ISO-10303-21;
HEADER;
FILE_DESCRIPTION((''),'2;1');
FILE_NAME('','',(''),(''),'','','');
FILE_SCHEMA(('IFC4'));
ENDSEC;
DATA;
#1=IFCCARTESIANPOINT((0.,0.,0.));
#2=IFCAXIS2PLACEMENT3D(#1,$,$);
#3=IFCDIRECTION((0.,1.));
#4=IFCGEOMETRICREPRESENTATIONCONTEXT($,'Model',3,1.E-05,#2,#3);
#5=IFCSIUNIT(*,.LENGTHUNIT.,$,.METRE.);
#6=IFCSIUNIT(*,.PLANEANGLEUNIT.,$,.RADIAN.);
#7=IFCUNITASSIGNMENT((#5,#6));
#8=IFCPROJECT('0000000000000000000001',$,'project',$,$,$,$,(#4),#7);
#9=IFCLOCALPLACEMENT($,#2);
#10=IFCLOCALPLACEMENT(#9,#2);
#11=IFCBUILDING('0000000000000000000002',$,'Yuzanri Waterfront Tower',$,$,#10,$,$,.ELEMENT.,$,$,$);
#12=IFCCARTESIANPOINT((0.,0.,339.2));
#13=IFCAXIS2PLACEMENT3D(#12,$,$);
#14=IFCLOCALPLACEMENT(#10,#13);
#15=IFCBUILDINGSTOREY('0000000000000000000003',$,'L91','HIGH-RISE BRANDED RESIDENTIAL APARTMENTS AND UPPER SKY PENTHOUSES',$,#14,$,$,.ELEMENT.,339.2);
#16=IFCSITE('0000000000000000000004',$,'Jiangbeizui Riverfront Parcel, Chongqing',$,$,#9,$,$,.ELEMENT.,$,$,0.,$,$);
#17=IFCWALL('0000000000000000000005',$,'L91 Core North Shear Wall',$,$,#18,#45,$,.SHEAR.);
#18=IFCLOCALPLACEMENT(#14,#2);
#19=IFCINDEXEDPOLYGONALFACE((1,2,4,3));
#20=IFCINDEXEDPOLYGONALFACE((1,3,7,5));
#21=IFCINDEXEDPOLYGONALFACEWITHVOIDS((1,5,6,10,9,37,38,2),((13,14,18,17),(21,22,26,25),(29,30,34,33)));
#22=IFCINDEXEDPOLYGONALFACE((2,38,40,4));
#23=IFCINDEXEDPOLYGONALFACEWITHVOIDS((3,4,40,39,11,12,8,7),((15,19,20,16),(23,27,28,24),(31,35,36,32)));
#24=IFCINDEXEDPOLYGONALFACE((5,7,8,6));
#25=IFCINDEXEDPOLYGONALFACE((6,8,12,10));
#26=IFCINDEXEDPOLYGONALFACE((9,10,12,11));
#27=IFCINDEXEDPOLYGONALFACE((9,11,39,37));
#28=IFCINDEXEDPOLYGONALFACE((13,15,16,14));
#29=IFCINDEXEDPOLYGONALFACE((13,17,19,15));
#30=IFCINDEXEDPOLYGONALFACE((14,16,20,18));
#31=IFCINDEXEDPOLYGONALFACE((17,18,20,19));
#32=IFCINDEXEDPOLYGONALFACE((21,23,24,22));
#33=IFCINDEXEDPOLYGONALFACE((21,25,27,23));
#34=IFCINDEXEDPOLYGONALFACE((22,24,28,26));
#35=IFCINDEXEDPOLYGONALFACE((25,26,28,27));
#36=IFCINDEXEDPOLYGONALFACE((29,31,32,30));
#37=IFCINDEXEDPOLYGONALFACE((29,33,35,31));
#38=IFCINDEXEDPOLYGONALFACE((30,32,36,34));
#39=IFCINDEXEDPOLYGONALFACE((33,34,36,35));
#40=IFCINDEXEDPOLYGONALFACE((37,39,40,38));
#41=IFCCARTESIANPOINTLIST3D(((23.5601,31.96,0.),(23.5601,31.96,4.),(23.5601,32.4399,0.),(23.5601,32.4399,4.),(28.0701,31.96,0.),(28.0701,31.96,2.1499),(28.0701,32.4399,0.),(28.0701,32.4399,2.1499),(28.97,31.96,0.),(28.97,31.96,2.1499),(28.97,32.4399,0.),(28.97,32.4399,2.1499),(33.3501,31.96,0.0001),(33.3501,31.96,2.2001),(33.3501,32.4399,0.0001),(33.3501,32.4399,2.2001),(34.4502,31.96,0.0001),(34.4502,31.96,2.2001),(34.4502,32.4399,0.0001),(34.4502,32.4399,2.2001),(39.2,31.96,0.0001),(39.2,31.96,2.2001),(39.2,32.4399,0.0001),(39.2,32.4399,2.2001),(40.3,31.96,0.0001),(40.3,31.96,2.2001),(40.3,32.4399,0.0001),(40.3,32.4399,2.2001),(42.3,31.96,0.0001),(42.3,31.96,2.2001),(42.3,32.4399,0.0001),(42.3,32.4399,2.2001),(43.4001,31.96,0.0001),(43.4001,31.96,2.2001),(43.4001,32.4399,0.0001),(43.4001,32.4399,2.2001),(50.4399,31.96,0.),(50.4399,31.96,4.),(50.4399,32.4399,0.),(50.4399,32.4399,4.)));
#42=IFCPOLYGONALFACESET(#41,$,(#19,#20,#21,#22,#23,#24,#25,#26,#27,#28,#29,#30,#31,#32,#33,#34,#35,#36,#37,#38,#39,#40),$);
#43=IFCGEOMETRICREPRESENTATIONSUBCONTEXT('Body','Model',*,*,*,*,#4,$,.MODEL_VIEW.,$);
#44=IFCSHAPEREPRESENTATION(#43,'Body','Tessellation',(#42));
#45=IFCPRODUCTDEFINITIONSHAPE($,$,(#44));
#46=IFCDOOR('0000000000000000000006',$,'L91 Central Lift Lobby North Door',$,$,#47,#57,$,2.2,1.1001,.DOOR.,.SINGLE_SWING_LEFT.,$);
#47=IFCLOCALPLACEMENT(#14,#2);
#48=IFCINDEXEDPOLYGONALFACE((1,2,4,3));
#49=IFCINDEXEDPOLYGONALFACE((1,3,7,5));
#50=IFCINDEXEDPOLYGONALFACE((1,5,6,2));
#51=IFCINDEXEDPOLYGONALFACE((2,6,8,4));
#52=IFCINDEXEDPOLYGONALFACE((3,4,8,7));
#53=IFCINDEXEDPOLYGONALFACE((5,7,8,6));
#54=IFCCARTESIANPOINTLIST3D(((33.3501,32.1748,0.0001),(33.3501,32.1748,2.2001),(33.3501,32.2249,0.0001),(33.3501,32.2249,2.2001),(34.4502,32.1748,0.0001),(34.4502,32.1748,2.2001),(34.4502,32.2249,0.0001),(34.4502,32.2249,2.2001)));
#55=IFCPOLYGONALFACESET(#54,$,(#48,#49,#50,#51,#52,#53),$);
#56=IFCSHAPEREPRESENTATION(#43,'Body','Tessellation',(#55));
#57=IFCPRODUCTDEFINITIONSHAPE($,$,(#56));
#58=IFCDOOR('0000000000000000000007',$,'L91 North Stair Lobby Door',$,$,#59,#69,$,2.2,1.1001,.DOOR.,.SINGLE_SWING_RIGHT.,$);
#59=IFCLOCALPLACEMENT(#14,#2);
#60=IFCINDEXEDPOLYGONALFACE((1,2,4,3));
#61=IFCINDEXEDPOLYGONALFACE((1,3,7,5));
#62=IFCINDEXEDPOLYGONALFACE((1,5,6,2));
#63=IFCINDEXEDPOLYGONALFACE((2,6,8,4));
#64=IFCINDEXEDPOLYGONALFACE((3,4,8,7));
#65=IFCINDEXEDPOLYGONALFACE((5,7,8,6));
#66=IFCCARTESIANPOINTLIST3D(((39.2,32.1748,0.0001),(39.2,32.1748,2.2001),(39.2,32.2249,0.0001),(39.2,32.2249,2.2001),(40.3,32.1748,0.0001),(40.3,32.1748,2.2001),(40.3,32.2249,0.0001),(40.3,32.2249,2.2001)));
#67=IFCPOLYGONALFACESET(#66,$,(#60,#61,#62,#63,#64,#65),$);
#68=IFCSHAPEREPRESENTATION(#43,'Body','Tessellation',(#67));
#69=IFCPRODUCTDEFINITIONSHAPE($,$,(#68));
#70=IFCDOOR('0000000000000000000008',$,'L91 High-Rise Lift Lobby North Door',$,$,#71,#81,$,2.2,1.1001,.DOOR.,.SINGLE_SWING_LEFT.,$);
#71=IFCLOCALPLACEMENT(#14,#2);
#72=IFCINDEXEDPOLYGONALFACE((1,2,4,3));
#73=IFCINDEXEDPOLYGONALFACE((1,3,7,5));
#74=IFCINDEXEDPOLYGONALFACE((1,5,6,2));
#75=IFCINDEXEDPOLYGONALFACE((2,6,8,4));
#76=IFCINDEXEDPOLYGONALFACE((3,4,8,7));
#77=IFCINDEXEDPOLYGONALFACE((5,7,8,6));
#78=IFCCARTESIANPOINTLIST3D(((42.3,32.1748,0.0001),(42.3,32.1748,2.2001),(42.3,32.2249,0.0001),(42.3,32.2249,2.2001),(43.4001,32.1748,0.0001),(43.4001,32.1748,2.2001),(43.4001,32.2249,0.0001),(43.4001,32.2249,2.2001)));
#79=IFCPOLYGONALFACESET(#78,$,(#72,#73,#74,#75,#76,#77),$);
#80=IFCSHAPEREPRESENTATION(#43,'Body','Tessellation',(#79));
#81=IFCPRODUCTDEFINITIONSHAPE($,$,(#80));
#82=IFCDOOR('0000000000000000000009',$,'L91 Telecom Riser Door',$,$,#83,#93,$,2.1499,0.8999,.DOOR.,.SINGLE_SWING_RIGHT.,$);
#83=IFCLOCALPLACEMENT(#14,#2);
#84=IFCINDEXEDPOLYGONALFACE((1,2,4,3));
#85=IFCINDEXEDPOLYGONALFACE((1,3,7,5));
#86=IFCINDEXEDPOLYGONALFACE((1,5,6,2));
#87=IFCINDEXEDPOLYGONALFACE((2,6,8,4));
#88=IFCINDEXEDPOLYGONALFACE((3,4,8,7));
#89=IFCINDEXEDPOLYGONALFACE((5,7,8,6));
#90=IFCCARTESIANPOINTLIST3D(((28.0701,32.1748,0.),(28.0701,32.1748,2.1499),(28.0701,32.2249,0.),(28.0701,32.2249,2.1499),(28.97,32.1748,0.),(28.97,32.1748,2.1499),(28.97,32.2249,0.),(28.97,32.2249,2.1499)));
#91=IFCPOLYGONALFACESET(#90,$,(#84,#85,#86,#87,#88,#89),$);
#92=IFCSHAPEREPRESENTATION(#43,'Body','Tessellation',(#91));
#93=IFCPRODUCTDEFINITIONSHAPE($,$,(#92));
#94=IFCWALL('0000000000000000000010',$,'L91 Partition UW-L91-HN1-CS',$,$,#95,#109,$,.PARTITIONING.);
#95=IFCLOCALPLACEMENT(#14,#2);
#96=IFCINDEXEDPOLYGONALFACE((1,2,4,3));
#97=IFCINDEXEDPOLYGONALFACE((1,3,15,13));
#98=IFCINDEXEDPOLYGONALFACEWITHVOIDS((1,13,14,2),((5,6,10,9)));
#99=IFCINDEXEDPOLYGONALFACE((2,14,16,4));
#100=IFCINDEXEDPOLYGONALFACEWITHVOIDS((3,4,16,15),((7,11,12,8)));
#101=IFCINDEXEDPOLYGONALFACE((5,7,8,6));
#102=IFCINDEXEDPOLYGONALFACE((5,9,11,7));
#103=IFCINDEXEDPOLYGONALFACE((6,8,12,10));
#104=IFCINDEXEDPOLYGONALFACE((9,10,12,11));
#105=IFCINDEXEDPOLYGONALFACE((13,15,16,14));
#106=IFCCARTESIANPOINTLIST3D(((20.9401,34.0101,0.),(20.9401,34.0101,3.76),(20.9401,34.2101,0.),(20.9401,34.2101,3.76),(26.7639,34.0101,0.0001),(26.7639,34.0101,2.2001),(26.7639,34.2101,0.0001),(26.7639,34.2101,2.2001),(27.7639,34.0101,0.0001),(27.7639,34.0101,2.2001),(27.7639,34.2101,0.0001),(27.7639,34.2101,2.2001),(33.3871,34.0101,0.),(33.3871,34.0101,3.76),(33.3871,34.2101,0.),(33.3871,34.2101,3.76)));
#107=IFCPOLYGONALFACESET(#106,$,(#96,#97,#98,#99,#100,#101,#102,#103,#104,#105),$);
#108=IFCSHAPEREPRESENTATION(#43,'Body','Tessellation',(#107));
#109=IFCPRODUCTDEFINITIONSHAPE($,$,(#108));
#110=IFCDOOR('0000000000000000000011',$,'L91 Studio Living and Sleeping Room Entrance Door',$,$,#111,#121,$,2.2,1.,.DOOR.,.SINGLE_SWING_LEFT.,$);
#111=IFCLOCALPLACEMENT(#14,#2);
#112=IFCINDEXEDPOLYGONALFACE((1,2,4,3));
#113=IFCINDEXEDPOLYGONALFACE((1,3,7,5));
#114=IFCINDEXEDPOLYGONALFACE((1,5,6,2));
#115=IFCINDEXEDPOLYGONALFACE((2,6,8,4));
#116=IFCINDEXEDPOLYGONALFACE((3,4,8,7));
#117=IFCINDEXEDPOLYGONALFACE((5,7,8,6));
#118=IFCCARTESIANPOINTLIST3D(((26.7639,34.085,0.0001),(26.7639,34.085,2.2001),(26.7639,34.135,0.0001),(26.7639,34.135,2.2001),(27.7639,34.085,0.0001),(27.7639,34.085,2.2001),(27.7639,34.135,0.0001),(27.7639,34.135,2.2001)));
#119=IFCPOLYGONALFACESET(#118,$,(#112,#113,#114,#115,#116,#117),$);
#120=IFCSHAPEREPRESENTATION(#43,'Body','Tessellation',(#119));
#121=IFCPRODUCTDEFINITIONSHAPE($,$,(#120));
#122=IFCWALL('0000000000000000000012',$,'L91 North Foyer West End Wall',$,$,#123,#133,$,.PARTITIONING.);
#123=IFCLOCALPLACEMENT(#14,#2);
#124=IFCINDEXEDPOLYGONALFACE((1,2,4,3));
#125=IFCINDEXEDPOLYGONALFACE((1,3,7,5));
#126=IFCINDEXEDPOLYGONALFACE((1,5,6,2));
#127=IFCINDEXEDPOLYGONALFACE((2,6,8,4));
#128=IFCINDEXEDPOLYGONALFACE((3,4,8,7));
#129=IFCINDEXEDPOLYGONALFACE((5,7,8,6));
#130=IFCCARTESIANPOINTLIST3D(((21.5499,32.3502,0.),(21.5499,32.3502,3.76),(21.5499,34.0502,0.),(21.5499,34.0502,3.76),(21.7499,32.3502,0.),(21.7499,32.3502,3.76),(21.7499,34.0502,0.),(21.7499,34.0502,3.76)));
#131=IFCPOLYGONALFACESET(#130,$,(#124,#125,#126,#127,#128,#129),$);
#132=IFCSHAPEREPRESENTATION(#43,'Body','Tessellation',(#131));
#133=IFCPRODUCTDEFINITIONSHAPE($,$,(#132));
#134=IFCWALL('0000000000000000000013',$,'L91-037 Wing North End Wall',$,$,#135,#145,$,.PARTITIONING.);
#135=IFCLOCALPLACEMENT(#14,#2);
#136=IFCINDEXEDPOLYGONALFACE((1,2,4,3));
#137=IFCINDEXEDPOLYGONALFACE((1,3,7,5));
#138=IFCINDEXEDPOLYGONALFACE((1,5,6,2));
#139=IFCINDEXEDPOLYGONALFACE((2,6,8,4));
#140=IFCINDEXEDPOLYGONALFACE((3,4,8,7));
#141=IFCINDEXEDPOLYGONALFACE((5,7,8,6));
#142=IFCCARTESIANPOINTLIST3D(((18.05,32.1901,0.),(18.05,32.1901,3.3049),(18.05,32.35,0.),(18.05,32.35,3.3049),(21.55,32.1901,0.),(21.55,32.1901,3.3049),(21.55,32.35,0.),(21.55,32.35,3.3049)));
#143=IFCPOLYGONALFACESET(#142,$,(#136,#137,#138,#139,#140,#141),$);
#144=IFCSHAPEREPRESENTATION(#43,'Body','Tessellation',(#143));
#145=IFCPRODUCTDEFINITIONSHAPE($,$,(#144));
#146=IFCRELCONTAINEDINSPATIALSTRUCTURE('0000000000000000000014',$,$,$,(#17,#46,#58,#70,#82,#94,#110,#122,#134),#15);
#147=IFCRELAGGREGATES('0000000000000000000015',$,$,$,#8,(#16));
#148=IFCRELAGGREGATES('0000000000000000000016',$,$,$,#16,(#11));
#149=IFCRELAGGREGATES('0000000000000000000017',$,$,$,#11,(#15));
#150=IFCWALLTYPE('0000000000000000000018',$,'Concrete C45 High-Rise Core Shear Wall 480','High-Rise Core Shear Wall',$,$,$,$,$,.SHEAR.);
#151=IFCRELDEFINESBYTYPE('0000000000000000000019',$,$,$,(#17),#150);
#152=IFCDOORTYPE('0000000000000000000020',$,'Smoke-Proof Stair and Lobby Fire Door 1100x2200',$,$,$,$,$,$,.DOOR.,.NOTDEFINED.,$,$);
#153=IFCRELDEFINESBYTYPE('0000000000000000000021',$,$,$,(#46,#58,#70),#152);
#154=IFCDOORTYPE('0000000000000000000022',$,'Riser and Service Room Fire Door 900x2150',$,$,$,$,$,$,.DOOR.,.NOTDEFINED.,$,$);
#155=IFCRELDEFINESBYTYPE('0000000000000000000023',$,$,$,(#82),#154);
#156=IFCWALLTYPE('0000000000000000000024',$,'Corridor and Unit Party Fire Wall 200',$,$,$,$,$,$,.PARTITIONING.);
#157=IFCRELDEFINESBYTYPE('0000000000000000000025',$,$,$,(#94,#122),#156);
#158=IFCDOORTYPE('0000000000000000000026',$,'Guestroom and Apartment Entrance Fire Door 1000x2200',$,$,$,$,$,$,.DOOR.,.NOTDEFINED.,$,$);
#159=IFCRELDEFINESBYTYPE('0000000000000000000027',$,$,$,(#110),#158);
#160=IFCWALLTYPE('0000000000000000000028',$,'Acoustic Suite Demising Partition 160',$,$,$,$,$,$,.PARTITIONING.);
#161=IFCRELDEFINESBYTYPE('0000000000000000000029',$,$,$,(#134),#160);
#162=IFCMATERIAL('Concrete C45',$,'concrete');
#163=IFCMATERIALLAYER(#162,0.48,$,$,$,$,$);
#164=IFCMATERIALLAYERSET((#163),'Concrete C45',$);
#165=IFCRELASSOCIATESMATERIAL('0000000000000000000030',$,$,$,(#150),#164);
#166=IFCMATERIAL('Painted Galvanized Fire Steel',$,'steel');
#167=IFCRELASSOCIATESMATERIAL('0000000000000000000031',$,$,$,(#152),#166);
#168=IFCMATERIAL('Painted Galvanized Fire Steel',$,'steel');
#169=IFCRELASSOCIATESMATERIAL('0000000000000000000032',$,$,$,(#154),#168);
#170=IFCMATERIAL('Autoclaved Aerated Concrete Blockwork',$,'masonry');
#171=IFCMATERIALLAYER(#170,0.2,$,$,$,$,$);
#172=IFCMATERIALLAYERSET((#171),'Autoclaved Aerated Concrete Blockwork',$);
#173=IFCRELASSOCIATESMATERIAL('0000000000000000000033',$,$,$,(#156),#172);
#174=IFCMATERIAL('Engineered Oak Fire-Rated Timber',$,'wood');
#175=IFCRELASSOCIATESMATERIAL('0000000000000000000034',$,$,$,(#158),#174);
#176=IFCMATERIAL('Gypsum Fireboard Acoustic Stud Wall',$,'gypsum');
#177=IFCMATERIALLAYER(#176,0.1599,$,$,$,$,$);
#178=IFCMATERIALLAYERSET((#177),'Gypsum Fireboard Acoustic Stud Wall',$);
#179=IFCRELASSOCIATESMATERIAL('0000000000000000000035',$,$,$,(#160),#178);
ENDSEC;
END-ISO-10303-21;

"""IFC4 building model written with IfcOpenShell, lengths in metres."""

from ifc_helpers import new_model, si_unit, direction, frame, frame_2d, origin, place, context, subcontext, project, spatial, rectangle, extrude, source, transform, mapped, material, layer, layer_set, type_object, element, fill, save


model = new_model("IFC4")

# Units and contexts
model_context = context("Model", 3, precision=1e-05, world=origin(), true_north=direction((0.0, 1.0)))
body_context = subcontext(model_context, "Body", "Model", "MODEL_VIEW")
ifc_project = project(units=[si_unit("LENGTHUNIT", "METRE"), si_unit("PLANEANGLEUNIT", "RADIAN")], contexts=[model_context])

# Site, building, storey
site_placement = place(None, origin())
site = spatial("IfcSite", under=ifc_project, at=site_placement, Name="Jiangbeizui Riverfront Parcel, Chongqing", CompositionType="ELEMENT", RefElevation=0.0)
building_placement = place(site_placement, origin())
building = spatial("IfcBuilding", under=site, at=building_placement, Name="Yuzanri Waterfront Tower", CompositionType="ELEMENT")
storey_placement = place(building_placement, frame((0.0, 0.0, 339.2)))
storey = spatial("IfcBuildingStorey", under=building, at=storey_placement, Name="L91", Description="HIGH-RISE BRANDED RESIDENTIAL APARTMENTS AND UPPER SKY PENTHOUSES", CompositionType="ELEMENT", Elevation=339.2)

# Wall, openings, doors
ifc_material_1 = material(Name="Concrete C45", Category="concrete")
ifc_layer_1 = layer(ifc_material_1, 0.48)
ifc_layer_set_1 = layer_set([ifc_layer_1], Name="Concrete C45")
wall_type_1 = type_object("IfcWallType", Name="Concrete C45 High-Rise Core Shear Wall 480", Description="High-Rise Core Shear Wall", PredefinedType="SHEAR", material=ifc_layer_set_1)
wall_1_placement = place(storey_placement, frame((23.5601, 32.2, 0.0), z_axis=(0.0, 0.0, 1.0), x_axis=(1.0, 0.0, 0.0)))
wall_1 = element("IfcWall", 1, at=wall_1_placement, inside=storey, type_object=wall_type_1, Name="L91 Core North Shear Wall", PredefinedType="SHEAR", context=body_context, shape_type="SweptSolid", body=[
    extrude(rectangle(XDim=26.8799, YDim=0.48, at=frame_2d((13.4399, 0.0))), origin(), (0.0, 0.0, 1.0), 4.0),
])
opening_1_placement = place(wall_1_placement, frame((4.51, 0.0, 0.0)))
opening_1 = element("IfcOpeningElement", 2, at=opening_1_placement, cuts=wall_1, PredefinedType="OPENING", context=body_context, shape_type="SweptSolid", body=[
    extrude(rectangle(XDim=0.8999, YDim=2.1499, at=frame_2d((0.45, 1.075))), frame((0.0, 0.2549, 0.0), z_axis=(0.0, -1.0, 0.0), x_axis=(1.0, 0.0, 0.0)), (0.0, 0.0, 1.0), 0.5098),
])
opening_2_placement = place(wall_1_placement, frame((9.79, 0.0, 0.0)))
opening_2 = element("IfcOpeningElement", 3, at=opening_2_placement, cuts=wall_1, PredefinedType="OPENING", context=body_context, shape_type="SweptSolid", body=[
    extrude(rectangle(XDim=1.1001, YDim=2.2, at=frame_2d((0.55, 1.1001))), frame((0.0, 0.2549, 0.0), z_axis=(0.0, -1.0, 0.0), x_axis=(1.0, 0.0, 0.0)), (0.0, 0.0, 1.0), 0.5098),
])
opening_3_placement = place(wall_1_placement, frame((15.6399, 0.0, 0.0)))
opening_3 = element("IfcOpeningElement", 4, at=opening_3_placement, cuts=wall_1, PredefinedType="OPENING", context=body_context, shape_type="SweptSolid", body=[
    extrude(rectangle(XDim=1.1001, YDim=2.2, at=frame_2d((0.55, 1.1001))), frame((0.0, 0.2549, 0.0), z_axis=(0.0, -1.0, 0.0), x_axis=(1.0, 0.0, 0.0)), (0.0, 0.0, 1.0), 0.5098),
])
opening_4_placement = place(wall_1_placement, frame((18.74, 0.0, 0.0)))
opening_4 = element("IfcOpeningElement", 5, at=opening_4_placement, cuts=wall_1, PredefinedType="OPENING", context=body_context, shape_type="SweptSolid", body=[
    extrude(rectangle(XDim=1.1001, YDim=2.2, at=frame_2d((0.55, 1.1001))), frame((0.0, 0.2549, 0.0), z_axis=(0.0, -1.0, 0.0), x_axis=(1.0, 0.0, 0.0)), (0.0, 0.0, 1.0), 0.5098),
])
ifc_material_2 = material(Name="Painted Galvanized Fire Steel", Category="steel")
door_type_1 = type_object("IfcDoorType", Name="Smoke-Proof Stair and Lobby Fire Door 1100x2200", OperationType="NOTDEFINED", PredefinedType="DOOR", material=ifc_material_2)
shared_shape_1 = source(origin(), body_context, "Body", "SweptSolid", [
    extrude(rectangle(XDim=1.1001, YDim=2.2, at=frame_2d((0.55, 1.1001))), frame((0.0, 0.0249, 0.0), z_axis=(0.0, -1.0, 0.0), x_axis=(1.0, 0.0, 0.0)), (0.0, 0.0, 1.0), 0.05),
])
door_1_placement = place(opening_2_placement, origin())
door_1 = element("IfcDoor", 6, at=door_1_placement, inside=storey, type_object=door_type_1, Name="L91 Central Lift Lobby North Door", OperationType="SINGLE_SWING_LEFT", OverallHeight=2.2, OverallWidth=1.1001, PredefinedType="DOOR", context=body_context, shape_type="MappedRepresentation", body=[
    mapped(shared_shape_1, transform((0.0, 0.0, 0.0), scale=1.0)),
])
fill(opening_2, door_1)
door_2_placement = place(opening_3_placement, origin())
door_2 = element("IfcDoor", 7, at=door_2_placement, inside=storey, type_object=door_type_1, Name="L91 North Stair Lobby Door", OperationType="SINGLE_SWING_RIGHT", OverallHeight=2.2, OverallWidth=1.1001, PredefinedType="DOOR", context=body_context, shape_type="MappedRepresentation", body=[
    mapped(shared_shape_1, transform((0.0, 0.0, 0.0), scale=1.0)),
])
fill(opening_3, door_2)
door_3_placement = place(opening_4_placement, origin())
door_3 = element("IfcDoor", 8, at=door_3_placement, inside=storey, type_object=door_type_1, Name="L91 High-Rise Lift Lobby North Door", OperationType="SINGLE_SWING_LEFT", OverallHeight=2.2, OverallWidth=1.1001, PredefinedType="DOOR", context=body_context, shape_type="MappedRepresentation", body=[
    mapped(shared_shape_1, transform((0.0, 0.0, 0.0), scale=1.0)),
])
fill(opening_4, door_3)
ifc_material_3 = material(Name="Painted Galvanized Fire Steel", Category="steel")
door_type_2 = type_object("IfcDoorType", Name="Riser and Service Room Fire Door 900x2150", OperationType="NOTDEFINED", PredefinedType="DOOR", material=ifc_material_3)
shared_shape_2 = source(origin(), body_context, "Body", "SweptSolid", [
    extrude(rectangle(XDim=0.8999, YDim=2.1499, at=frame_2d((0.45, 1.075))), frame((0.0, 0.0249, 0.0), z_axis=(0.0, -1.0, 0.0), x_axis=(1.0, 0.0, 0.0)), (0.0, 0.0, 1.0), 0.05),
])
door_4_placement = place(opening_1_placement, origin())
door_4 = element("IfcDoor", 9, at=door_4_placement, inside=storey, type_object=door_type_2, Name="L91 Telecom Riser Door", OperationType="SINGLE_SWING_RIGHT", OverallHeight=2.1499, OverallWidth=0.8999, PredefinedType="DOOR", context=body_context, shape_type="MappedRepresentation", body=[
    mapped(shared_shape_2, transform((0.0, 0.0, 0.0), scale=1.0)),
])
fill(opening_1, door_4)

# Wall, opening, door
ifc_material_4 = material(Name="Autoclaved Aerated Concrete Blockwork", Category="masonry")
ifc_layer_2 = layer(ifc_material_4, 0.2)
ifc_layer_set_2 = layer_set([ifc_layer_2], Name="Autoclaved Aerated Concrete Blockwork")
wall_type_2 = type_object("IfcWallType", Name="Corridor and Unit Party Fire Wall 200", PredefinedType="PARTITIONING", material=ifc_layer_set_2)
wall_2_placement = place(storey_placement, frame((20.9399, 34.1101, 0.0), z_axis=(0.0, 0.0, 1.0), x_axis=(1.0, 0.0, 0.0)))
wall_2 = element("IfcWall", 10, at=wall_2_placement, inside=storey, type_object=wall_type_2, Name="L91 Partition UW-L91-HN1-CS", PredefinedType="PARTITIONING", context=body_context, shape_type="SweptSolid", body=[
    extrude(rectangle(XDim=12.447, YDim=0.2, at=frame_2d((6.2236, 0.0))), origin(), (0.0, 0.0, 1.0), 3.76),
])
opening_5_placement = place(wall_2_placement, frame((5.824, 0.0, 0.0)))
opening_5 = element("IfcOpeningElement", 11, at=opening_5_placement, cuts=wall_2, PredefinedType="OPENING", context=body_context, shape_type="SweptSolid", body=[
    extrude(rectangle(XDim=1.0, YDim=2.2, at=frame_2d((0.5, 1.1001))), frame((0.0, 0.1147, 0.0), z_axis=(0.0, -1.0, 0.0), x_axis=(1.0, 0.0, 0.0)), (0.0, 0.0, 1.0), 0.2297),
])
ifc_material_5 = material(Name="Engineered Oak Fire-Rated Timber", Category="wood")
door_type_3 = type_object("IfcDoorType", Name="Guestroom and Apartment Entrance Fire Door 1000x2200", OperationType="NOTDEFINED", PredefinedType="DOOR", material=ifc_material_5)
shared_shape_3 = source(origin(), body_context, "Body", "SweptSolid", [
    extrude(rectangle(XDim=1.0, YDim=2.2, at=frame_2d((0.5, 1.1001))), frame((0.0, 0.0249, 0.0), z_axis=(0.0, -1.0, 0.0), x_axis=(1.0, 0.0, 0.0)), (0.0, 0.0, 1.0), 0.05),
])
door_5_placement = place(opening_5_placement, origin())
door_5 = element("IfcDoor", 12, at=door_5_placement, inside=storey, type_object=door_type_3, Name="L91 Studio Living and Sleeping Room Entrance Door", OperationType="SINGLE_SWING_LEFT", OverallHeight=2.2, OverallWidth=1.0, PredefinedType="DOOR", context=body_context, shape_type="MappedRepresentation", body=[
    mapped(shared_shape_3, transform((0.0, 0.0, 0.0), scale=1.0)),
])
fill(opening_5, door_5)

# Walls
shared_shape_4 = source(origin(), body_context, "Body", "SweptSolid", [
    extrude(rectangle(XDim=1.7, YDim=0.2, at=frame_2d((0.8501, 0.0))), origin(), (0.0, 0.0, 1.0), 3.76),
])
wall_3_placement = place(storey_placement, frame((21.6499, 32.3501, 0.0), z_axis=(0.0, 0.0, 1.0), x_axis=(0.0, 1.0, 0.0)))
element("IfcWall", 13, at=wall_3_placement, inside=storey, type_object=wall_type_2, Name="L91 North Foyer West End Wall", PredefinedType="PARTITIONING", context=body_context, shape_type="MappedRepresentation", body=[
    mapped(shared_shape_4, transform((0.0, 0.0, 0.0), scale=1.0)),
])
ifc_material_6 = material(Name="Gypsum Fireboard Acoustic Stud Wall", Category="gypsum")
ifc_layer_3 = layer(ifc_material_6, 0.1599)
ifc_layer_set_3 = layer_set([ifc_layer_3], Name="Gypsum Fireboard Acoustic Stud Wall")
wall_type_3 = type_object("IfcWallType", Name="Acoustic Suite Demising Partition 160", PredefinedType="PARTITIONING", material=ifc_layer_set_3)
shared_shape_5 = source(origin(), body_context, "Body", "SweptSolid", [
    extrude(rectangle(XDim=3.5, YDim=0.1599, at=frame_2d((1.75, 0.0))), origin(), (0.0, 0.0, 1.0), 3.3049),
])
wall_4_placement = place(storey_placement, frame((18.05, 32.27, 0.0), z_axis=(0.0, 0.0, 1.0), x_axis=(1.0, 0.0, 0.0)))
element("IfcWall", 14, at=wall_4_placement, inside=storey, type_object=wall_type_3, Name="L91-037 Wing North End Wall", PredefinedType="PARTITIONING", context=body_context, shape_type="MappedRepresentation", body=[
    mapped(shared_shape_5, transform((0.0, 0.0, 0.0), scale=1.0)),
])

save(model, "model.ifc")
